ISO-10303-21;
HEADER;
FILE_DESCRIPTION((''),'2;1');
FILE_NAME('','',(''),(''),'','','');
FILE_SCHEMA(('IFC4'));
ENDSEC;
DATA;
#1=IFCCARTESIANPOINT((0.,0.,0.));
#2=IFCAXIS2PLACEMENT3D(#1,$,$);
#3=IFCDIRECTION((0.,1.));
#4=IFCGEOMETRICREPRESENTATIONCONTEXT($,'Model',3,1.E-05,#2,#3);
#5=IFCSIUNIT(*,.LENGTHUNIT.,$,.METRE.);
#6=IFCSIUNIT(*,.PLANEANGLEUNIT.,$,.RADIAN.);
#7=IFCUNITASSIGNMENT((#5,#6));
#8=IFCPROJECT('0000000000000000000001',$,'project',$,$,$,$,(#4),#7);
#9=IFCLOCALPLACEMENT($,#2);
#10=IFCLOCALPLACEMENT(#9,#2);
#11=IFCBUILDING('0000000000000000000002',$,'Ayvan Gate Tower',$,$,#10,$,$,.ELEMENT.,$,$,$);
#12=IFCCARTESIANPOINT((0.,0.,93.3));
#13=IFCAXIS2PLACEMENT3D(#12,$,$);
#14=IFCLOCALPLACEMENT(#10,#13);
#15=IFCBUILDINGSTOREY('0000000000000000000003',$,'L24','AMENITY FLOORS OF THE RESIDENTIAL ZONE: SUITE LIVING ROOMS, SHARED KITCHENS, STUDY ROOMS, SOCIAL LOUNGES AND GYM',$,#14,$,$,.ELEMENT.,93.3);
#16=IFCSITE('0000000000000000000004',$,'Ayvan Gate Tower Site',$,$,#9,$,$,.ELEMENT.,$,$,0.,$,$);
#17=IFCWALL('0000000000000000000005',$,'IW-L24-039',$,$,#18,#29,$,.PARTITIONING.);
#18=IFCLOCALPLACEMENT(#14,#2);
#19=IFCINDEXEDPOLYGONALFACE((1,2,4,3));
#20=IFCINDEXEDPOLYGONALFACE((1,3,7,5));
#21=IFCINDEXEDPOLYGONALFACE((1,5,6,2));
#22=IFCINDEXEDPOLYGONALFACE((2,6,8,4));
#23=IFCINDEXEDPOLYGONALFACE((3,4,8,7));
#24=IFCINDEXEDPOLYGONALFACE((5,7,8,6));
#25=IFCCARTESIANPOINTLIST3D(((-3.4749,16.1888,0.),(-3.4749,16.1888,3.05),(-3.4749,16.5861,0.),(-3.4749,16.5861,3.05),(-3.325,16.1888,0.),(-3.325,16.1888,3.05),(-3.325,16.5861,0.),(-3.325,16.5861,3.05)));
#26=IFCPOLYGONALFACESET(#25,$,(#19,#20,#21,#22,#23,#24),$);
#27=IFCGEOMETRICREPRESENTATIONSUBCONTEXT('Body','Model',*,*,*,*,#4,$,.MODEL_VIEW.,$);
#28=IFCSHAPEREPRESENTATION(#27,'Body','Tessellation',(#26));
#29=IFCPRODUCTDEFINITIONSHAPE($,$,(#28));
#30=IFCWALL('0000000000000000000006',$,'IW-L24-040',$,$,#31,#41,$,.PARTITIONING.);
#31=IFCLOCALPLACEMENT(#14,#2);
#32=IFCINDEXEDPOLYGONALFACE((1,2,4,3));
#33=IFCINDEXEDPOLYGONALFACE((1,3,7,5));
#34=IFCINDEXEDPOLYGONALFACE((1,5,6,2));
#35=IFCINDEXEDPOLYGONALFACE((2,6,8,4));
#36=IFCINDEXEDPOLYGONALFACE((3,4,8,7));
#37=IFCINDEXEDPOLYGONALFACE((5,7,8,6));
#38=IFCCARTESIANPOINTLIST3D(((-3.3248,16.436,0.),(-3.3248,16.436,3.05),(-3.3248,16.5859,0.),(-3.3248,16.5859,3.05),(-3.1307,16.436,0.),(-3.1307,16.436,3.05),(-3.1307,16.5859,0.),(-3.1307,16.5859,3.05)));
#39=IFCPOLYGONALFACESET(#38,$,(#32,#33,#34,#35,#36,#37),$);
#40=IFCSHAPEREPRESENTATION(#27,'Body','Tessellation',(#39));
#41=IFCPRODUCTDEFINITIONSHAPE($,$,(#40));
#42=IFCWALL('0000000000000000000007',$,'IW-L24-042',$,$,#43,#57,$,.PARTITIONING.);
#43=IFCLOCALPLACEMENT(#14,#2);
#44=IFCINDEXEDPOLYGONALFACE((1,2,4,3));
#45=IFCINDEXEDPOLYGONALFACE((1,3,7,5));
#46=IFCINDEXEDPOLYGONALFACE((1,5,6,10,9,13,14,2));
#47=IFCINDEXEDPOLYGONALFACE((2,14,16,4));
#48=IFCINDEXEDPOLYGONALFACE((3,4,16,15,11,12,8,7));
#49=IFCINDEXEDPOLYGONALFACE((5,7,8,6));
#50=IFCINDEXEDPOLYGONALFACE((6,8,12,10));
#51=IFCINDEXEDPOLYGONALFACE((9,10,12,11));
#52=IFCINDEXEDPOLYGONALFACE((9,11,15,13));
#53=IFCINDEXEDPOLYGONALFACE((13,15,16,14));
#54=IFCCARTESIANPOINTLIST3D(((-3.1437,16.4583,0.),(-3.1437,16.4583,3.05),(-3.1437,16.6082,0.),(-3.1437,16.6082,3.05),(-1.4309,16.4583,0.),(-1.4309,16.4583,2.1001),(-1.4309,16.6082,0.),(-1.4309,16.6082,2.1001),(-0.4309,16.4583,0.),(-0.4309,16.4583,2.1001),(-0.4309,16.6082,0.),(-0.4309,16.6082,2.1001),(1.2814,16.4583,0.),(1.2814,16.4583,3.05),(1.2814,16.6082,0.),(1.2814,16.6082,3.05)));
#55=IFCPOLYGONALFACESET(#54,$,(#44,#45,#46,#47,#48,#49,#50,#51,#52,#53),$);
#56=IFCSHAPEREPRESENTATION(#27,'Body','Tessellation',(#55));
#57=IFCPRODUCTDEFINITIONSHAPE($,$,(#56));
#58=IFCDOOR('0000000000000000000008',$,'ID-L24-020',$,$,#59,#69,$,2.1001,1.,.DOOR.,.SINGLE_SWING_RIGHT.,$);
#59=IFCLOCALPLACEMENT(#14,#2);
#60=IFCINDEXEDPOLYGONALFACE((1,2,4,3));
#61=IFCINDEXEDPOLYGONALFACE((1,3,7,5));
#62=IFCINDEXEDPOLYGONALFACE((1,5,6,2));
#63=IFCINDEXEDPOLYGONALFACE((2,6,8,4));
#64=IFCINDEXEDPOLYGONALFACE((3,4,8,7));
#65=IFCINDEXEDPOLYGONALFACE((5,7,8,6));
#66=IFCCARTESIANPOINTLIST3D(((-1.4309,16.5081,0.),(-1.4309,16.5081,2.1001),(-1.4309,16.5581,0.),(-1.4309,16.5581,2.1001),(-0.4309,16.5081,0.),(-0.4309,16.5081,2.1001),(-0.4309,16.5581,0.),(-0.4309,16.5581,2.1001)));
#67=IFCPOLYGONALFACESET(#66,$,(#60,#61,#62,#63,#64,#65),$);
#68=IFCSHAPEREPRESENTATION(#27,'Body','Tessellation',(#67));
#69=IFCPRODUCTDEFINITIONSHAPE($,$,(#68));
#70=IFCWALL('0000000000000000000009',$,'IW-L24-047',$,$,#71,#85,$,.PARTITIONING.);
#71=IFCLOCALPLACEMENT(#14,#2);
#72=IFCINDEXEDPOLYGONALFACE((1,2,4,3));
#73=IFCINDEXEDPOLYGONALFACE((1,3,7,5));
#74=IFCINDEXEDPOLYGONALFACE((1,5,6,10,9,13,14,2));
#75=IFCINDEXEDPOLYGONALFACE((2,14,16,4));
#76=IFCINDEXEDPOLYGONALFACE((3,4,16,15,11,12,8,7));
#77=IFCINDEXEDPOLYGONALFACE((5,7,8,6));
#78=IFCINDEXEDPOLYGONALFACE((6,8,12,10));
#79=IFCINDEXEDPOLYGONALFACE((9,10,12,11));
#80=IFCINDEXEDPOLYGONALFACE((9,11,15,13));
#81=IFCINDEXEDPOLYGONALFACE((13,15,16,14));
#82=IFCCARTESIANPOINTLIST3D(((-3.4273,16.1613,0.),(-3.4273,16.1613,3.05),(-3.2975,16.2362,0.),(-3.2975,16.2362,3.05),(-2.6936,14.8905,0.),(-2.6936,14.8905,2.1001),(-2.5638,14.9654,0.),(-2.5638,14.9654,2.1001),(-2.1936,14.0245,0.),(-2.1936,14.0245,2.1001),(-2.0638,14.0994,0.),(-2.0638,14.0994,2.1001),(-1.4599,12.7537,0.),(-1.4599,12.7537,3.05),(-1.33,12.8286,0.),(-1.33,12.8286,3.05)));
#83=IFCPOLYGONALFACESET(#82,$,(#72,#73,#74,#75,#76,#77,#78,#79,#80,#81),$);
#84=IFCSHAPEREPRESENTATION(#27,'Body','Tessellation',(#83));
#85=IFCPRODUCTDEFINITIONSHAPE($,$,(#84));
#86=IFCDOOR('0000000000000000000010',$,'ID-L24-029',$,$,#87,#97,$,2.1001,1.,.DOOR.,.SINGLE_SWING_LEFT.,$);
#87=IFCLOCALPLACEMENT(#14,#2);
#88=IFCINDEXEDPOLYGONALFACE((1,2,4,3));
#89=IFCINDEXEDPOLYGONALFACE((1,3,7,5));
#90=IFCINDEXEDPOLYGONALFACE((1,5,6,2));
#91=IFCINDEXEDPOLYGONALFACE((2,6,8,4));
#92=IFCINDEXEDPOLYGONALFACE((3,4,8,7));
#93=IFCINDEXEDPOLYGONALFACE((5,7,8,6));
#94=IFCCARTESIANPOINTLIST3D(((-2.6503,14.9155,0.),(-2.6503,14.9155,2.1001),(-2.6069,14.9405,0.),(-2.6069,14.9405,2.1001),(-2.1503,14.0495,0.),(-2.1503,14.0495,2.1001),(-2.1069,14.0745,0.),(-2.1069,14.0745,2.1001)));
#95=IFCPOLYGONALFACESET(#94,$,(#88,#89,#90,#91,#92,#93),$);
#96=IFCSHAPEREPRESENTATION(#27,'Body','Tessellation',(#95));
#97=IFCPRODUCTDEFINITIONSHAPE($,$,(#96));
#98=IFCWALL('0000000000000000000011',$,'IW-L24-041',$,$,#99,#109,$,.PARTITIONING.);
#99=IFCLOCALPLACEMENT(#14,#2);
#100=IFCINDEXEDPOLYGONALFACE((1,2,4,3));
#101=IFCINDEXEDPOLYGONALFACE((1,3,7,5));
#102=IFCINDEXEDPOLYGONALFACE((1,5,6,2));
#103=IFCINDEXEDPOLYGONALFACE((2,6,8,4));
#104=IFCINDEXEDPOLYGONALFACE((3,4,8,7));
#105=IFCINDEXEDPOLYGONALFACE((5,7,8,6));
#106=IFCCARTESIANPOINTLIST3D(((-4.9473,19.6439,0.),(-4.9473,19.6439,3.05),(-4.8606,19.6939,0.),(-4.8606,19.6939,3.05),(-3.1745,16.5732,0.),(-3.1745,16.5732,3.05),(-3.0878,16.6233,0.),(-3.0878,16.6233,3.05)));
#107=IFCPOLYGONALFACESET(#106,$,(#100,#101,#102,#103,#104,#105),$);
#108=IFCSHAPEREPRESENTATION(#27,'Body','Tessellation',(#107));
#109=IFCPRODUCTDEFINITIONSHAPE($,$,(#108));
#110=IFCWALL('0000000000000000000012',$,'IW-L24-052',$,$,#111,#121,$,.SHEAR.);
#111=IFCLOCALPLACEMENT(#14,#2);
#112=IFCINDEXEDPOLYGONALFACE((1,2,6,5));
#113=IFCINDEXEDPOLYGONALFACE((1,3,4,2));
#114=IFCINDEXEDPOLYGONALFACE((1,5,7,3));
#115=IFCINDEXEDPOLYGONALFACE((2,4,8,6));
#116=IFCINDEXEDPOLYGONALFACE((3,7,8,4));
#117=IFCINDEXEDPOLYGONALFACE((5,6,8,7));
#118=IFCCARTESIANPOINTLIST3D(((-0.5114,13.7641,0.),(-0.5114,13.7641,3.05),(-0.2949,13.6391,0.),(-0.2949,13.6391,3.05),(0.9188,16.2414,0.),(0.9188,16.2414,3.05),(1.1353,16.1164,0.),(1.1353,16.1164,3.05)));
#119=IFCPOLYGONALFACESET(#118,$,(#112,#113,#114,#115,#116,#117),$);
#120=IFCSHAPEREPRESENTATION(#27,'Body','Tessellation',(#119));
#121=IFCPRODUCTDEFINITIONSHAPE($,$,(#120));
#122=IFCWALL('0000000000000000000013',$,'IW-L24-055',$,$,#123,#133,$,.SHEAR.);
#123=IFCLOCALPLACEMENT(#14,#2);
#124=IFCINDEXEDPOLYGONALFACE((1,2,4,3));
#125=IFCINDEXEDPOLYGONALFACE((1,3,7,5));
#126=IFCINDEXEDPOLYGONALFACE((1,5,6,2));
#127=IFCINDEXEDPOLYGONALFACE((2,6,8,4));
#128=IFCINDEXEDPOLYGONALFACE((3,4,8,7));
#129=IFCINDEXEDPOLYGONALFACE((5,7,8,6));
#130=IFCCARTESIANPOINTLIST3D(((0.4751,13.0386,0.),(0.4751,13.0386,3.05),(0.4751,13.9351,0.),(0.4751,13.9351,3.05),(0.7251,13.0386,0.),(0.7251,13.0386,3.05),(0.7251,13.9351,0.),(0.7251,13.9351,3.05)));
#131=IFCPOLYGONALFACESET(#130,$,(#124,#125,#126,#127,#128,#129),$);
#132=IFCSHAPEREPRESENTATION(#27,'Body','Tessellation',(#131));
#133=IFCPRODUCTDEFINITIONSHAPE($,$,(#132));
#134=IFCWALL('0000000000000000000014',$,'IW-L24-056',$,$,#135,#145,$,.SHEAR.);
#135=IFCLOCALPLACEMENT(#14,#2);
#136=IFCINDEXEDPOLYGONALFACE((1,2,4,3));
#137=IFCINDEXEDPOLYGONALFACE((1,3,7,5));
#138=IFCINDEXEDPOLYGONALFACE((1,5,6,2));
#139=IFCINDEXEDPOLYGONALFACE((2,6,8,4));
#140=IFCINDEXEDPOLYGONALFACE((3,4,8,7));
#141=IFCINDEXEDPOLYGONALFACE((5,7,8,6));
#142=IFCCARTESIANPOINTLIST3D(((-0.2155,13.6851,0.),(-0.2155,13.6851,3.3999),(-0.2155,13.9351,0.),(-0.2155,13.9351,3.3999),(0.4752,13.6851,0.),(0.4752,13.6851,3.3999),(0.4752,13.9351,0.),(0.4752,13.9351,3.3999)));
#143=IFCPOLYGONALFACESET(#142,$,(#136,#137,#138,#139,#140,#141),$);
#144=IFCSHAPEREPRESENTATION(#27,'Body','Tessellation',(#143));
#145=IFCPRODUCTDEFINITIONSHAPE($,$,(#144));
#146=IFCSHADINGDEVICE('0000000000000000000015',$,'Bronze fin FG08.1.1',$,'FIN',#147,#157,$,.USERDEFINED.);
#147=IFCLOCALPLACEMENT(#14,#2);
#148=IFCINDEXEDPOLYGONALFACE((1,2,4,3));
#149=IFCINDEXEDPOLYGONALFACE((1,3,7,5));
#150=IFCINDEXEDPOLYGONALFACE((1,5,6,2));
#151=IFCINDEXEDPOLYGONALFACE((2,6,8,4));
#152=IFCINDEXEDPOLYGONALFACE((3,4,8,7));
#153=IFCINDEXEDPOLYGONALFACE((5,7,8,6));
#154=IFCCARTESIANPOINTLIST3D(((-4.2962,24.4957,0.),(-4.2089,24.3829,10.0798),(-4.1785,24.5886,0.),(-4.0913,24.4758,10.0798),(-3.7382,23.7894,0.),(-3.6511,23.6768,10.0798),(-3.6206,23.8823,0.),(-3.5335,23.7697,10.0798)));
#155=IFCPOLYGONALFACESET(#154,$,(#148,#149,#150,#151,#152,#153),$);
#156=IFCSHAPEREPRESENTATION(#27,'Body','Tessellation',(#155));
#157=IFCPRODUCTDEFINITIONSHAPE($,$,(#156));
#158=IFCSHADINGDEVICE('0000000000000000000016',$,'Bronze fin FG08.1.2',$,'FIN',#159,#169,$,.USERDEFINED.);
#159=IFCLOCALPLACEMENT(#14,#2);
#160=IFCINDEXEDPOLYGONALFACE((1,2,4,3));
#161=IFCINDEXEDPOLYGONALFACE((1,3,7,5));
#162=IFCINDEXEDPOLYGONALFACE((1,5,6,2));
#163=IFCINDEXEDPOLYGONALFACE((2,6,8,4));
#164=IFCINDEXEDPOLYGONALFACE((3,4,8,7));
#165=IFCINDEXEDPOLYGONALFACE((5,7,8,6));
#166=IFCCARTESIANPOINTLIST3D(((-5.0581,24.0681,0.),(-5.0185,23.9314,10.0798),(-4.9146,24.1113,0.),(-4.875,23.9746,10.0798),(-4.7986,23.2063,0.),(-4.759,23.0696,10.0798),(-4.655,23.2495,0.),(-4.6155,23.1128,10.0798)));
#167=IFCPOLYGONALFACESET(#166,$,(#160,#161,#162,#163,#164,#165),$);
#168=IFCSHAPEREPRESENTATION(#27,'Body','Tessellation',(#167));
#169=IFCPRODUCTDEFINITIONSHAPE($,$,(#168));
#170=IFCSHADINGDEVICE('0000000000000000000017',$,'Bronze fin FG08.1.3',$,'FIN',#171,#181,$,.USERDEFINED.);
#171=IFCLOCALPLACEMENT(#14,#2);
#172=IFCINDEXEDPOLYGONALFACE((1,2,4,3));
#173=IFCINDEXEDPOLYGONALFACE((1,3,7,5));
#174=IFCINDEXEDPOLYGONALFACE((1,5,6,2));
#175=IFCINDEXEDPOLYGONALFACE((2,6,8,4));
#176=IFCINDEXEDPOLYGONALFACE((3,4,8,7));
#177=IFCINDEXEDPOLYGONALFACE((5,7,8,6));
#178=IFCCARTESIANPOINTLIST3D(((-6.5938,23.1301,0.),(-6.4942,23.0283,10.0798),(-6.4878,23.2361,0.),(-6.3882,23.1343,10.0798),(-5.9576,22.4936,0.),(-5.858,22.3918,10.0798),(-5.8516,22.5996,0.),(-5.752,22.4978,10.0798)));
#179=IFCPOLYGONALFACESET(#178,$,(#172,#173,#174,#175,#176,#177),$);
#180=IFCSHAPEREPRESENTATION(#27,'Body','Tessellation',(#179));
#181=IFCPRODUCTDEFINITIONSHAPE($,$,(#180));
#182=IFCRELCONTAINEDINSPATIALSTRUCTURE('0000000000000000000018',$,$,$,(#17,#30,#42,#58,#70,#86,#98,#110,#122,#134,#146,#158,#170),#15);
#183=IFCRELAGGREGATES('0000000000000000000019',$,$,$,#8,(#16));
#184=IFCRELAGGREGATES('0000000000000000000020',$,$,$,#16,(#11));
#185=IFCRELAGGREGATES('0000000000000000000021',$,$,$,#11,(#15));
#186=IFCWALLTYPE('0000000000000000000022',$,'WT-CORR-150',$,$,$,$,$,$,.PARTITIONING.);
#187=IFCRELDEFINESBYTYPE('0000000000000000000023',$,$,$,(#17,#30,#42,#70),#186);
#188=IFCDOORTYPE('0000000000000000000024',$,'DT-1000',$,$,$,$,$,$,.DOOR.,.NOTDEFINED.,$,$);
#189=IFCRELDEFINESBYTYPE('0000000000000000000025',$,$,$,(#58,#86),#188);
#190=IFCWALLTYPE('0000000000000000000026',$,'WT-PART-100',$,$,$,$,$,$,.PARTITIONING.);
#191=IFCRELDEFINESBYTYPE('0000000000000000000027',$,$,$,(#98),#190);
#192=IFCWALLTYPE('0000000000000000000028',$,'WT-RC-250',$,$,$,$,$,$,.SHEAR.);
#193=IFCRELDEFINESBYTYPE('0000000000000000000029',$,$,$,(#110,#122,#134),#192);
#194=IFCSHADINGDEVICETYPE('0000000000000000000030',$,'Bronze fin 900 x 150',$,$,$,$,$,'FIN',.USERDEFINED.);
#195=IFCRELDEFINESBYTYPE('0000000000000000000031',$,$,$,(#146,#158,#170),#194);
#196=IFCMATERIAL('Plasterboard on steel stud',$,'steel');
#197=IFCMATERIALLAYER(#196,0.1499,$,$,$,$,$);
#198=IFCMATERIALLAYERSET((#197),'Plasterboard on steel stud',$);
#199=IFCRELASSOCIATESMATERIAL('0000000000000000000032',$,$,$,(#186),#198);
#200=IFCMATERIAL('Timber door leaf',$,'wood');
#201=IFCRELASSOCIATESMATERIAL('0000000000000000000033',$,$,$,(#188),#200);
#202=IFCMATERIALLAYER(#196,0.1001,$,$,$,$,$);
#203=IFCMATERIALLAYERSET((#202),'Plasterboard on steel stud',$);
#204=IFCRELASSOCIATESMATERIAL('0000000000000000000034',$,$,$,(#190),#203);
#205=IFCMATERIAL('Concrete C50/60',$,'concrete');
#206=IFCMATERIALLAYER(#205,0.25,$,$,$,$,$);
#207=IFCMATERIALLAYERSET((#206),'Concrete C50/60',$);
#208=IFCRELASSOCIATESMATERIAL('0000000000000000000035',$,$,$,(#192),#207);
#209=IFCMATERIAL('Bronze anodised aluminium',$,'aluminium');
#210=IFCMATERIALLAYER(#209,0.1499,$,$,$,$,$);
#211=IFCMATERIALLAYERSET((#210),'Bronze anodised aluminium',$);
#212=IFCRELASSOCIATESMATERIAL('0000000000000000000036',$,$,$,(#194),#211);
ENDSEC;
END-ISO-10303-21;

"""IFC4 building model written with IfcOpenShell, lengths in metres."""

from ifc_helpers import new_model, si_unit, direction, frame, frame_2d, origin, place, context, subcontext, project, spatial, polyline, rectangle, outline, extrude, material, layer, layer_set, type_object, element, fill, save


model = new_model("IFC4")

# Units and contexts
model_context = context("Model", 3, precision=1e-05, world=origin(), true_north=direction((0.0, 1.0)))
body_context = subcontext(model_context, "Body", "Model", "MODEL_VIEW")
ifc_project = project(units=[si_unit("LENGTHUNIT", "METRE"), si_unit("PLANEANGLEUNIT", "RADIAN")], contexts=[model_context])

# Site, building, storey
site_placement = place(None, origin())
site = spatial("IfcSite", under=ifc_project, at=site_placement, Name="Ayvan Gate Tower Site", CompositionType="ELEMENT", RefElevation=0.0)
building_placement = place(site_placement, origin())
building = spatial("IfcBuilding", under=site, at=building_placement, Name="Ayvan Gate Tower", CompositionType="ELEMENT")
storey_placement = place(building_placement, frame((0.0, 0.0, 93.3)))
storey = spatial("IfcBuildingStorey", under=building, at=storey_placement, Name="L24", Description="AMENITY FLOORS OF THE RESIDENTIAL ZONE: SUITE LIVING ROOMS, SHARED KITCHENS, STUDY ROOMS, SOCIAL LOUNGES AND GYM", CompositionType="ELEMENT", Elevation=93.3)

# Shared definitions
ifc_material_1 = material(Name="Bronze anodised aluminium", Category="aluminium")

# Walls
ifc_material_2 = material(Name="Plasterboard on steel stud", Category="steel")
ifc_layer_1 = layer(ifc_material_2, 0.1499)
ifc_layer_set_1 = layer_set([ifc_layer_1], Name="Plasterboard on steel stud")
wall_type_1 = type_object("IfcWallType", Name="WT-CORR-150", PredefinedType="PARTITIONING", material=ifc_layer_set_1)
wall_1_placement = place(storey_placement, frame((-3.3999, 16.1887, 0.0), z_axis=(0.0, 0.0, 1.0), x_axis=(0.0, 1.0, 0.0)))
element("IfcWall", 1, at=wall_1_placement, inside=storey, type_object=wall_type_1, Name="IW-L24-039", PredefinedType="PARTITIONING", context=body_context, shape_type="SweptSolid", body=[
    extrude(rectangle(XDim=0.3972, YDim=0.1499, at=frame_2d((0.1987, 0.0))), origin(), (0.0, 0.0, 1.0), 3.05),
])
wall_2_placement = place(storey_placement, frame((-3.325, 16.511, 0.0), z_axis=(0.0, 0.0, 1.0), x_axis=(1.0, 0.0, 0.0)))
element("IfcWall", 2, at=wall_2_placement, inside=storey, type_object=wall_type_1, Name="IW-L24-040", PredefinedType="PARTITIONING", context=body_context, shape_type="SweptSolid", body=[
    extrude(rectangle(XDim=0.1941, YDim=0.1499, at=frame_2d((0.0972, 0.0))), origin(), (0.0, 0.0, 1.0), 3.05),
])

# Walls, openings, doors
wall_3_placement = place(storey_placement, frame((-3.1436, 16.5332, 0.0), z_axis=(0.0, 0.0, 1.0), x_axis=(1.0, 0.0, 0.0)))
wall_3 = element("IfcWall", 3, at=wall_3_placement, inside=storey, type_object=wall_type_1, Name="IW-L24-042", PredefinedType="PARTITIONING", context=body_context, shape_type="SweptSolid", body=[
    extrude(rectangle(XDim=4.425, YDim=0.1499, at=frame_2d((2.2124, 0.0))), origin(), (0.0, 0.0, 1.0), 3.05),
])
opening_1_placement = place(wall_3_placement, frame((1.7126, 0.0, 0.0)))
opening_1 = element("IfcOpeningElement", 4, at=opening_1_placement, cuts=wall_3, PredefinedType="OPENING", context=body_context, shape_type="SweptSolid", body=[
    extrude(rectangle(XDim=1.0, YDim=2.1001, at=frame_2d((0.5, 1.05))), frame((0.0, 0.085, 0.0), z_axis=(0.0, -1.0, 0.0), x_axis=(1.0, 0.0, 0.0)), (0.0, 0.0, 1.0), 0.1699),
])
ifc_material_3 = material(Name="Timber door leaf", Category="wood")
door_type = type_object("IfcDoorType", Name="DT-1000", OperationType="NOTDEFINED", PredefinedType="DOOR", material=ifc_material_3)
door_1_placement = place(opening_1_placement, origin())
door_1 = element("IfcDoor", 5, at=door_1_placement, inside=storey, type_object=door_type, Name="ID-L24-020", OperationType="SINGLE_SWING_RIGHT", OverallHeight=2.1001, OverallWidth=1.0, PredefinedType="DOOR", context=body_context, shape_type="SweptSolid", body=[
    extrude(rectangle(XDim=1.0, YDim=2.1001, at=frame_2d((0.5, 1.05))), frame((0.0, 0.0249, 0.0), z_axis=(0.0, -1.0, 0.0), x_axis=(1.0, 0.0, 0.0)), (0.0, 0.0, 1.0), 0.05),
])
fill(opening_1, door_1)
wall_4_placement = place(storey_placement, frame((-1.395, 12.7913, 0.0), z_axis=(0.0, 0.0, 1.0), x_axis=(-0.500016, 0.866016, 0.0)))
wall_4 = element("IfcWall", 6, at=wall_4_placement, inside=storey, type_object=wall_type_1, Name="IW-L24-047", PredefinedType="PARTITIONING", context=body_context, shape_type="SweptSolid", body=[
    extrude(rectangle(XDim=3.9348, YDim=0.1499, at=frame_2d((1.9673, 0.0))), origin(), (0.0, 0.0, 1.0), 3.05),
])
opening_2_placement = place(wall_4_placement, frame((1.4673, 0.0, 0.0)))
opening_2 = element("IfcOpeningElement", 7, at=opening_2_placement, cuts=wall_4, PredefinedType="OPENING", context=body_context, shape_type="SweptSolid", body=[
    extrude(rectangle(XDim=1.0, YDim=2.1001, at=frame_2d((0.5, 1.05))), frame((0.0, 0.085, 0.0), z_axis=(0.0, -1.0, 0.0), x_axis=(1.0, 0.0, 0.0)), (0.0, 0.0, 1.0), 0.1699),
])
door_2_placement = place(opening_2_placement, origin())
door_2 = element("IfcDoor", 8, at=door_2_placement, inside=storey, type_object=door_type, Name="ID-L24-029", OperationType="SINGLE_SWING_LEFT", OverallHeight=2.1001, OverallWidth=1.0, PredefinedType="DOOR", context=body_context, shape_type="SweptSolid", body=[
    extrude(rectangle(XDim=1.0, YDim=2.1001, at=frame_2d((0.5, 1.05))), frame((0.0, 0.0249, 0.0), z_axis=(0.0, -1.0, 0.0), x_axis=(1.0, 0.0, 0.0)), (0.0, 0.0, 1.0), 0.05),
])
fill(opening_2, door_2)

# Walls
ifc_layer_2 = layer(ifc_material_2, 0.1001)
ifc_layer_set_2 = layer_set([ifc_layer_2], Name="Plasterboard on steel stud")
wall_type_2 = type_object("IfcWallType", Name="WT-PART-100", PredefinedType="PARTITIONING", material=ifc_layer_set_2)
wall_5_placement = place(storey_placement, frame((-3.1311, 16.5981, 0.0), z_axis=(0.0, 0.0, 1.0), x_axis=(-0.499983, 0.866035, 0.0)))
element("IfcWall", 9, at=wall_5_placement, inside=storey, type_object=wall_type_2, Name="IW-L24-041", PredefinedType="PARTITIONING", context=body_context, shape_type="SweptSolid", body=[
    extrude(rectangle(XDim=3.5457, YDim=0.1001, at=frame_2d((1.7729, 0.0))), origin(), (0.0, 0.0, 1.0), 3.05),
])
ifc_material_4 = material(Name="Concrete C50/60", Category="concrete")
ifc_layer_3 = layer(ifc_material_4, 0.25)
ifc_layer_set_3 = layer_set([ifc_layer_3], Name="Concrete C50/60")
wall_type_3 = type_object("IfcWallType", Name="WT-RC-250", PredefinedType="SHEAR", material=ifc_layer_set_3)
wall_6_placement = place(storey_placement, frame((-0.4031, 13.7017, 0.0), z_axis=(0.0, 0.0, 1.0), x_axis=(0.499976, 0.866039, 0.0)))
element("IfcWall", 10, at=wall_6_placement, inside=storey, type_object=wall_type_3, Name="IW-L24-052", PredefinedType="SHEAR", context=body_context, shape_type="SweptSolid", body=[
    extrude(rectangle(XDim=2.8606, YDim=0.25, at=frame_2d((1.4302, 0.0))), origin(), (0.0, 0.0, 1.0), 3.05),
])
wall_7_placement = place(storey_placement, frame((0.6001, 13.0386, 0.0), z_axis=(0.0, 0.0, 1.0), x_axis=(0.0, 1.0, 0.0)))
element("IfcWall", 11, at=wall_7_placement, inside=storey, type_object=wall_type_3, Name="IW-L24-055", PredefinedType="SHEAR", context=body_context, shape_type="SweptSolid", body=[
    extrude(rectangle(XDim=0.8965, YDim=0.25, at=frame_2d((0.4482, 0.0))), origin(), (0.0, 0.0, 1.0), 3.05),
])
wall_8_placement = place(storey_placement, frame((0.4751, 13.8101, 0.0), z_axis=(0.0, 0.0, 1.0), x_axis=(-1.0, 0.0, 0.0)))
element("IfcWall", 12, at=wall_8_placement, inside=storey, type_object=wall_type_3, Name="IW-L24-056", PredefinedType="SHEAR", context=body_context, shape_type="SweptSolid", body=[
    extrude(rectangle(XDim=0.6907, YDim=0.25, at=frame_2d((0.3452, 0.0))), origin(), (0.0, 0.0, 1.0), 3.3999),
])

# Shading devices
ifc_layer_4 = layer(ifc_material_1, 0.1499)
ifc_layer_set_4 = layer_set([ifc_layer_4], Name="Bronze anodised aluminium")
shading_device_type = type_object("IfcShadingDeviceType", Name="Bronze fin 900 x 150", ElementType="FIN", PredefinedType="USERDEFINED", material=ifc_layer_set_4)
shading_device_1_placement = place(storey_placement, frame((-3.6206, 23.8823, 0.0), z_axis=(0.784692, 0.619886, 0.000144), x_axis=(-0.619886, 0.784692, 0.0)))
element("IfcShadingDevice", 13, at=shading_device_1_placement, inside=storey, type_object=shading_device_type, Name="Bronze fin FG08.1.1", ObjectType="FIN", PredefinedType="USERDEFINED", context=body_context, shape_type="SweptSolid", body=[
    extrude(outline(polyline([(0.0, 0.0), (0.9, 0.0), (0.7575, 10.0798), (-0.1423, 10.0798), (0.0, 0.0)])), origin(), (0.0, 0.0, -1.0), 0.1499),
])
shading_device_2_placement = place(storey_placement, frame((-4.655, 23.2495, 0.0), z_axis=(0.957527, 0.288343, 0.000154), x_axis=(-0.288343, 0.957527, 0.0)))
element("IfcShadingDevice", 14, at=shading_device_2_placement, inside=storey, type_object=shading_device_type, Name="Bronze fin FG08.1.2", ObjectType="FIN", PredefinedType="USERDEFINED", context=body_context, shape_type="SweptSolid", body=[
    extrude(outline(polyline([(0.0, 0.0), (0.9, 0.0), (0.7577, 10.0798), (-0.1423, 10.0798), (0.0, 0.0)])), origin(), (0.0, 0.0, -1.0), 0.1499),
])
shading_device_3_placement = place(storey_placement, frame((-5.8516, 22.5996, 0.0), z_axis=(0.707242, 0.706971, 0.000151), x_axis=(-0.706971, 0.707242, 0.0)))
element("IfcShadingDevice", 15, at=shading_device_3_placement, inside=storey, type_object=shading_device_type, Name="Bronze fin FG08.1.3", ObjectType="FIN", PredefinedType="USERDEFINED", context=body_context, shape_type="SweptSolid", body=[
    extrude(outline(polyline([(0.0, 0.0), (0.8999, 0.0), (0.7575, 10.0798), (-0.1424, 10.0798), (0.0, 0.0)])), origin(), (0.0, 0.0, -1.0), 0.1499),
])

save(model, "model.ifc")
